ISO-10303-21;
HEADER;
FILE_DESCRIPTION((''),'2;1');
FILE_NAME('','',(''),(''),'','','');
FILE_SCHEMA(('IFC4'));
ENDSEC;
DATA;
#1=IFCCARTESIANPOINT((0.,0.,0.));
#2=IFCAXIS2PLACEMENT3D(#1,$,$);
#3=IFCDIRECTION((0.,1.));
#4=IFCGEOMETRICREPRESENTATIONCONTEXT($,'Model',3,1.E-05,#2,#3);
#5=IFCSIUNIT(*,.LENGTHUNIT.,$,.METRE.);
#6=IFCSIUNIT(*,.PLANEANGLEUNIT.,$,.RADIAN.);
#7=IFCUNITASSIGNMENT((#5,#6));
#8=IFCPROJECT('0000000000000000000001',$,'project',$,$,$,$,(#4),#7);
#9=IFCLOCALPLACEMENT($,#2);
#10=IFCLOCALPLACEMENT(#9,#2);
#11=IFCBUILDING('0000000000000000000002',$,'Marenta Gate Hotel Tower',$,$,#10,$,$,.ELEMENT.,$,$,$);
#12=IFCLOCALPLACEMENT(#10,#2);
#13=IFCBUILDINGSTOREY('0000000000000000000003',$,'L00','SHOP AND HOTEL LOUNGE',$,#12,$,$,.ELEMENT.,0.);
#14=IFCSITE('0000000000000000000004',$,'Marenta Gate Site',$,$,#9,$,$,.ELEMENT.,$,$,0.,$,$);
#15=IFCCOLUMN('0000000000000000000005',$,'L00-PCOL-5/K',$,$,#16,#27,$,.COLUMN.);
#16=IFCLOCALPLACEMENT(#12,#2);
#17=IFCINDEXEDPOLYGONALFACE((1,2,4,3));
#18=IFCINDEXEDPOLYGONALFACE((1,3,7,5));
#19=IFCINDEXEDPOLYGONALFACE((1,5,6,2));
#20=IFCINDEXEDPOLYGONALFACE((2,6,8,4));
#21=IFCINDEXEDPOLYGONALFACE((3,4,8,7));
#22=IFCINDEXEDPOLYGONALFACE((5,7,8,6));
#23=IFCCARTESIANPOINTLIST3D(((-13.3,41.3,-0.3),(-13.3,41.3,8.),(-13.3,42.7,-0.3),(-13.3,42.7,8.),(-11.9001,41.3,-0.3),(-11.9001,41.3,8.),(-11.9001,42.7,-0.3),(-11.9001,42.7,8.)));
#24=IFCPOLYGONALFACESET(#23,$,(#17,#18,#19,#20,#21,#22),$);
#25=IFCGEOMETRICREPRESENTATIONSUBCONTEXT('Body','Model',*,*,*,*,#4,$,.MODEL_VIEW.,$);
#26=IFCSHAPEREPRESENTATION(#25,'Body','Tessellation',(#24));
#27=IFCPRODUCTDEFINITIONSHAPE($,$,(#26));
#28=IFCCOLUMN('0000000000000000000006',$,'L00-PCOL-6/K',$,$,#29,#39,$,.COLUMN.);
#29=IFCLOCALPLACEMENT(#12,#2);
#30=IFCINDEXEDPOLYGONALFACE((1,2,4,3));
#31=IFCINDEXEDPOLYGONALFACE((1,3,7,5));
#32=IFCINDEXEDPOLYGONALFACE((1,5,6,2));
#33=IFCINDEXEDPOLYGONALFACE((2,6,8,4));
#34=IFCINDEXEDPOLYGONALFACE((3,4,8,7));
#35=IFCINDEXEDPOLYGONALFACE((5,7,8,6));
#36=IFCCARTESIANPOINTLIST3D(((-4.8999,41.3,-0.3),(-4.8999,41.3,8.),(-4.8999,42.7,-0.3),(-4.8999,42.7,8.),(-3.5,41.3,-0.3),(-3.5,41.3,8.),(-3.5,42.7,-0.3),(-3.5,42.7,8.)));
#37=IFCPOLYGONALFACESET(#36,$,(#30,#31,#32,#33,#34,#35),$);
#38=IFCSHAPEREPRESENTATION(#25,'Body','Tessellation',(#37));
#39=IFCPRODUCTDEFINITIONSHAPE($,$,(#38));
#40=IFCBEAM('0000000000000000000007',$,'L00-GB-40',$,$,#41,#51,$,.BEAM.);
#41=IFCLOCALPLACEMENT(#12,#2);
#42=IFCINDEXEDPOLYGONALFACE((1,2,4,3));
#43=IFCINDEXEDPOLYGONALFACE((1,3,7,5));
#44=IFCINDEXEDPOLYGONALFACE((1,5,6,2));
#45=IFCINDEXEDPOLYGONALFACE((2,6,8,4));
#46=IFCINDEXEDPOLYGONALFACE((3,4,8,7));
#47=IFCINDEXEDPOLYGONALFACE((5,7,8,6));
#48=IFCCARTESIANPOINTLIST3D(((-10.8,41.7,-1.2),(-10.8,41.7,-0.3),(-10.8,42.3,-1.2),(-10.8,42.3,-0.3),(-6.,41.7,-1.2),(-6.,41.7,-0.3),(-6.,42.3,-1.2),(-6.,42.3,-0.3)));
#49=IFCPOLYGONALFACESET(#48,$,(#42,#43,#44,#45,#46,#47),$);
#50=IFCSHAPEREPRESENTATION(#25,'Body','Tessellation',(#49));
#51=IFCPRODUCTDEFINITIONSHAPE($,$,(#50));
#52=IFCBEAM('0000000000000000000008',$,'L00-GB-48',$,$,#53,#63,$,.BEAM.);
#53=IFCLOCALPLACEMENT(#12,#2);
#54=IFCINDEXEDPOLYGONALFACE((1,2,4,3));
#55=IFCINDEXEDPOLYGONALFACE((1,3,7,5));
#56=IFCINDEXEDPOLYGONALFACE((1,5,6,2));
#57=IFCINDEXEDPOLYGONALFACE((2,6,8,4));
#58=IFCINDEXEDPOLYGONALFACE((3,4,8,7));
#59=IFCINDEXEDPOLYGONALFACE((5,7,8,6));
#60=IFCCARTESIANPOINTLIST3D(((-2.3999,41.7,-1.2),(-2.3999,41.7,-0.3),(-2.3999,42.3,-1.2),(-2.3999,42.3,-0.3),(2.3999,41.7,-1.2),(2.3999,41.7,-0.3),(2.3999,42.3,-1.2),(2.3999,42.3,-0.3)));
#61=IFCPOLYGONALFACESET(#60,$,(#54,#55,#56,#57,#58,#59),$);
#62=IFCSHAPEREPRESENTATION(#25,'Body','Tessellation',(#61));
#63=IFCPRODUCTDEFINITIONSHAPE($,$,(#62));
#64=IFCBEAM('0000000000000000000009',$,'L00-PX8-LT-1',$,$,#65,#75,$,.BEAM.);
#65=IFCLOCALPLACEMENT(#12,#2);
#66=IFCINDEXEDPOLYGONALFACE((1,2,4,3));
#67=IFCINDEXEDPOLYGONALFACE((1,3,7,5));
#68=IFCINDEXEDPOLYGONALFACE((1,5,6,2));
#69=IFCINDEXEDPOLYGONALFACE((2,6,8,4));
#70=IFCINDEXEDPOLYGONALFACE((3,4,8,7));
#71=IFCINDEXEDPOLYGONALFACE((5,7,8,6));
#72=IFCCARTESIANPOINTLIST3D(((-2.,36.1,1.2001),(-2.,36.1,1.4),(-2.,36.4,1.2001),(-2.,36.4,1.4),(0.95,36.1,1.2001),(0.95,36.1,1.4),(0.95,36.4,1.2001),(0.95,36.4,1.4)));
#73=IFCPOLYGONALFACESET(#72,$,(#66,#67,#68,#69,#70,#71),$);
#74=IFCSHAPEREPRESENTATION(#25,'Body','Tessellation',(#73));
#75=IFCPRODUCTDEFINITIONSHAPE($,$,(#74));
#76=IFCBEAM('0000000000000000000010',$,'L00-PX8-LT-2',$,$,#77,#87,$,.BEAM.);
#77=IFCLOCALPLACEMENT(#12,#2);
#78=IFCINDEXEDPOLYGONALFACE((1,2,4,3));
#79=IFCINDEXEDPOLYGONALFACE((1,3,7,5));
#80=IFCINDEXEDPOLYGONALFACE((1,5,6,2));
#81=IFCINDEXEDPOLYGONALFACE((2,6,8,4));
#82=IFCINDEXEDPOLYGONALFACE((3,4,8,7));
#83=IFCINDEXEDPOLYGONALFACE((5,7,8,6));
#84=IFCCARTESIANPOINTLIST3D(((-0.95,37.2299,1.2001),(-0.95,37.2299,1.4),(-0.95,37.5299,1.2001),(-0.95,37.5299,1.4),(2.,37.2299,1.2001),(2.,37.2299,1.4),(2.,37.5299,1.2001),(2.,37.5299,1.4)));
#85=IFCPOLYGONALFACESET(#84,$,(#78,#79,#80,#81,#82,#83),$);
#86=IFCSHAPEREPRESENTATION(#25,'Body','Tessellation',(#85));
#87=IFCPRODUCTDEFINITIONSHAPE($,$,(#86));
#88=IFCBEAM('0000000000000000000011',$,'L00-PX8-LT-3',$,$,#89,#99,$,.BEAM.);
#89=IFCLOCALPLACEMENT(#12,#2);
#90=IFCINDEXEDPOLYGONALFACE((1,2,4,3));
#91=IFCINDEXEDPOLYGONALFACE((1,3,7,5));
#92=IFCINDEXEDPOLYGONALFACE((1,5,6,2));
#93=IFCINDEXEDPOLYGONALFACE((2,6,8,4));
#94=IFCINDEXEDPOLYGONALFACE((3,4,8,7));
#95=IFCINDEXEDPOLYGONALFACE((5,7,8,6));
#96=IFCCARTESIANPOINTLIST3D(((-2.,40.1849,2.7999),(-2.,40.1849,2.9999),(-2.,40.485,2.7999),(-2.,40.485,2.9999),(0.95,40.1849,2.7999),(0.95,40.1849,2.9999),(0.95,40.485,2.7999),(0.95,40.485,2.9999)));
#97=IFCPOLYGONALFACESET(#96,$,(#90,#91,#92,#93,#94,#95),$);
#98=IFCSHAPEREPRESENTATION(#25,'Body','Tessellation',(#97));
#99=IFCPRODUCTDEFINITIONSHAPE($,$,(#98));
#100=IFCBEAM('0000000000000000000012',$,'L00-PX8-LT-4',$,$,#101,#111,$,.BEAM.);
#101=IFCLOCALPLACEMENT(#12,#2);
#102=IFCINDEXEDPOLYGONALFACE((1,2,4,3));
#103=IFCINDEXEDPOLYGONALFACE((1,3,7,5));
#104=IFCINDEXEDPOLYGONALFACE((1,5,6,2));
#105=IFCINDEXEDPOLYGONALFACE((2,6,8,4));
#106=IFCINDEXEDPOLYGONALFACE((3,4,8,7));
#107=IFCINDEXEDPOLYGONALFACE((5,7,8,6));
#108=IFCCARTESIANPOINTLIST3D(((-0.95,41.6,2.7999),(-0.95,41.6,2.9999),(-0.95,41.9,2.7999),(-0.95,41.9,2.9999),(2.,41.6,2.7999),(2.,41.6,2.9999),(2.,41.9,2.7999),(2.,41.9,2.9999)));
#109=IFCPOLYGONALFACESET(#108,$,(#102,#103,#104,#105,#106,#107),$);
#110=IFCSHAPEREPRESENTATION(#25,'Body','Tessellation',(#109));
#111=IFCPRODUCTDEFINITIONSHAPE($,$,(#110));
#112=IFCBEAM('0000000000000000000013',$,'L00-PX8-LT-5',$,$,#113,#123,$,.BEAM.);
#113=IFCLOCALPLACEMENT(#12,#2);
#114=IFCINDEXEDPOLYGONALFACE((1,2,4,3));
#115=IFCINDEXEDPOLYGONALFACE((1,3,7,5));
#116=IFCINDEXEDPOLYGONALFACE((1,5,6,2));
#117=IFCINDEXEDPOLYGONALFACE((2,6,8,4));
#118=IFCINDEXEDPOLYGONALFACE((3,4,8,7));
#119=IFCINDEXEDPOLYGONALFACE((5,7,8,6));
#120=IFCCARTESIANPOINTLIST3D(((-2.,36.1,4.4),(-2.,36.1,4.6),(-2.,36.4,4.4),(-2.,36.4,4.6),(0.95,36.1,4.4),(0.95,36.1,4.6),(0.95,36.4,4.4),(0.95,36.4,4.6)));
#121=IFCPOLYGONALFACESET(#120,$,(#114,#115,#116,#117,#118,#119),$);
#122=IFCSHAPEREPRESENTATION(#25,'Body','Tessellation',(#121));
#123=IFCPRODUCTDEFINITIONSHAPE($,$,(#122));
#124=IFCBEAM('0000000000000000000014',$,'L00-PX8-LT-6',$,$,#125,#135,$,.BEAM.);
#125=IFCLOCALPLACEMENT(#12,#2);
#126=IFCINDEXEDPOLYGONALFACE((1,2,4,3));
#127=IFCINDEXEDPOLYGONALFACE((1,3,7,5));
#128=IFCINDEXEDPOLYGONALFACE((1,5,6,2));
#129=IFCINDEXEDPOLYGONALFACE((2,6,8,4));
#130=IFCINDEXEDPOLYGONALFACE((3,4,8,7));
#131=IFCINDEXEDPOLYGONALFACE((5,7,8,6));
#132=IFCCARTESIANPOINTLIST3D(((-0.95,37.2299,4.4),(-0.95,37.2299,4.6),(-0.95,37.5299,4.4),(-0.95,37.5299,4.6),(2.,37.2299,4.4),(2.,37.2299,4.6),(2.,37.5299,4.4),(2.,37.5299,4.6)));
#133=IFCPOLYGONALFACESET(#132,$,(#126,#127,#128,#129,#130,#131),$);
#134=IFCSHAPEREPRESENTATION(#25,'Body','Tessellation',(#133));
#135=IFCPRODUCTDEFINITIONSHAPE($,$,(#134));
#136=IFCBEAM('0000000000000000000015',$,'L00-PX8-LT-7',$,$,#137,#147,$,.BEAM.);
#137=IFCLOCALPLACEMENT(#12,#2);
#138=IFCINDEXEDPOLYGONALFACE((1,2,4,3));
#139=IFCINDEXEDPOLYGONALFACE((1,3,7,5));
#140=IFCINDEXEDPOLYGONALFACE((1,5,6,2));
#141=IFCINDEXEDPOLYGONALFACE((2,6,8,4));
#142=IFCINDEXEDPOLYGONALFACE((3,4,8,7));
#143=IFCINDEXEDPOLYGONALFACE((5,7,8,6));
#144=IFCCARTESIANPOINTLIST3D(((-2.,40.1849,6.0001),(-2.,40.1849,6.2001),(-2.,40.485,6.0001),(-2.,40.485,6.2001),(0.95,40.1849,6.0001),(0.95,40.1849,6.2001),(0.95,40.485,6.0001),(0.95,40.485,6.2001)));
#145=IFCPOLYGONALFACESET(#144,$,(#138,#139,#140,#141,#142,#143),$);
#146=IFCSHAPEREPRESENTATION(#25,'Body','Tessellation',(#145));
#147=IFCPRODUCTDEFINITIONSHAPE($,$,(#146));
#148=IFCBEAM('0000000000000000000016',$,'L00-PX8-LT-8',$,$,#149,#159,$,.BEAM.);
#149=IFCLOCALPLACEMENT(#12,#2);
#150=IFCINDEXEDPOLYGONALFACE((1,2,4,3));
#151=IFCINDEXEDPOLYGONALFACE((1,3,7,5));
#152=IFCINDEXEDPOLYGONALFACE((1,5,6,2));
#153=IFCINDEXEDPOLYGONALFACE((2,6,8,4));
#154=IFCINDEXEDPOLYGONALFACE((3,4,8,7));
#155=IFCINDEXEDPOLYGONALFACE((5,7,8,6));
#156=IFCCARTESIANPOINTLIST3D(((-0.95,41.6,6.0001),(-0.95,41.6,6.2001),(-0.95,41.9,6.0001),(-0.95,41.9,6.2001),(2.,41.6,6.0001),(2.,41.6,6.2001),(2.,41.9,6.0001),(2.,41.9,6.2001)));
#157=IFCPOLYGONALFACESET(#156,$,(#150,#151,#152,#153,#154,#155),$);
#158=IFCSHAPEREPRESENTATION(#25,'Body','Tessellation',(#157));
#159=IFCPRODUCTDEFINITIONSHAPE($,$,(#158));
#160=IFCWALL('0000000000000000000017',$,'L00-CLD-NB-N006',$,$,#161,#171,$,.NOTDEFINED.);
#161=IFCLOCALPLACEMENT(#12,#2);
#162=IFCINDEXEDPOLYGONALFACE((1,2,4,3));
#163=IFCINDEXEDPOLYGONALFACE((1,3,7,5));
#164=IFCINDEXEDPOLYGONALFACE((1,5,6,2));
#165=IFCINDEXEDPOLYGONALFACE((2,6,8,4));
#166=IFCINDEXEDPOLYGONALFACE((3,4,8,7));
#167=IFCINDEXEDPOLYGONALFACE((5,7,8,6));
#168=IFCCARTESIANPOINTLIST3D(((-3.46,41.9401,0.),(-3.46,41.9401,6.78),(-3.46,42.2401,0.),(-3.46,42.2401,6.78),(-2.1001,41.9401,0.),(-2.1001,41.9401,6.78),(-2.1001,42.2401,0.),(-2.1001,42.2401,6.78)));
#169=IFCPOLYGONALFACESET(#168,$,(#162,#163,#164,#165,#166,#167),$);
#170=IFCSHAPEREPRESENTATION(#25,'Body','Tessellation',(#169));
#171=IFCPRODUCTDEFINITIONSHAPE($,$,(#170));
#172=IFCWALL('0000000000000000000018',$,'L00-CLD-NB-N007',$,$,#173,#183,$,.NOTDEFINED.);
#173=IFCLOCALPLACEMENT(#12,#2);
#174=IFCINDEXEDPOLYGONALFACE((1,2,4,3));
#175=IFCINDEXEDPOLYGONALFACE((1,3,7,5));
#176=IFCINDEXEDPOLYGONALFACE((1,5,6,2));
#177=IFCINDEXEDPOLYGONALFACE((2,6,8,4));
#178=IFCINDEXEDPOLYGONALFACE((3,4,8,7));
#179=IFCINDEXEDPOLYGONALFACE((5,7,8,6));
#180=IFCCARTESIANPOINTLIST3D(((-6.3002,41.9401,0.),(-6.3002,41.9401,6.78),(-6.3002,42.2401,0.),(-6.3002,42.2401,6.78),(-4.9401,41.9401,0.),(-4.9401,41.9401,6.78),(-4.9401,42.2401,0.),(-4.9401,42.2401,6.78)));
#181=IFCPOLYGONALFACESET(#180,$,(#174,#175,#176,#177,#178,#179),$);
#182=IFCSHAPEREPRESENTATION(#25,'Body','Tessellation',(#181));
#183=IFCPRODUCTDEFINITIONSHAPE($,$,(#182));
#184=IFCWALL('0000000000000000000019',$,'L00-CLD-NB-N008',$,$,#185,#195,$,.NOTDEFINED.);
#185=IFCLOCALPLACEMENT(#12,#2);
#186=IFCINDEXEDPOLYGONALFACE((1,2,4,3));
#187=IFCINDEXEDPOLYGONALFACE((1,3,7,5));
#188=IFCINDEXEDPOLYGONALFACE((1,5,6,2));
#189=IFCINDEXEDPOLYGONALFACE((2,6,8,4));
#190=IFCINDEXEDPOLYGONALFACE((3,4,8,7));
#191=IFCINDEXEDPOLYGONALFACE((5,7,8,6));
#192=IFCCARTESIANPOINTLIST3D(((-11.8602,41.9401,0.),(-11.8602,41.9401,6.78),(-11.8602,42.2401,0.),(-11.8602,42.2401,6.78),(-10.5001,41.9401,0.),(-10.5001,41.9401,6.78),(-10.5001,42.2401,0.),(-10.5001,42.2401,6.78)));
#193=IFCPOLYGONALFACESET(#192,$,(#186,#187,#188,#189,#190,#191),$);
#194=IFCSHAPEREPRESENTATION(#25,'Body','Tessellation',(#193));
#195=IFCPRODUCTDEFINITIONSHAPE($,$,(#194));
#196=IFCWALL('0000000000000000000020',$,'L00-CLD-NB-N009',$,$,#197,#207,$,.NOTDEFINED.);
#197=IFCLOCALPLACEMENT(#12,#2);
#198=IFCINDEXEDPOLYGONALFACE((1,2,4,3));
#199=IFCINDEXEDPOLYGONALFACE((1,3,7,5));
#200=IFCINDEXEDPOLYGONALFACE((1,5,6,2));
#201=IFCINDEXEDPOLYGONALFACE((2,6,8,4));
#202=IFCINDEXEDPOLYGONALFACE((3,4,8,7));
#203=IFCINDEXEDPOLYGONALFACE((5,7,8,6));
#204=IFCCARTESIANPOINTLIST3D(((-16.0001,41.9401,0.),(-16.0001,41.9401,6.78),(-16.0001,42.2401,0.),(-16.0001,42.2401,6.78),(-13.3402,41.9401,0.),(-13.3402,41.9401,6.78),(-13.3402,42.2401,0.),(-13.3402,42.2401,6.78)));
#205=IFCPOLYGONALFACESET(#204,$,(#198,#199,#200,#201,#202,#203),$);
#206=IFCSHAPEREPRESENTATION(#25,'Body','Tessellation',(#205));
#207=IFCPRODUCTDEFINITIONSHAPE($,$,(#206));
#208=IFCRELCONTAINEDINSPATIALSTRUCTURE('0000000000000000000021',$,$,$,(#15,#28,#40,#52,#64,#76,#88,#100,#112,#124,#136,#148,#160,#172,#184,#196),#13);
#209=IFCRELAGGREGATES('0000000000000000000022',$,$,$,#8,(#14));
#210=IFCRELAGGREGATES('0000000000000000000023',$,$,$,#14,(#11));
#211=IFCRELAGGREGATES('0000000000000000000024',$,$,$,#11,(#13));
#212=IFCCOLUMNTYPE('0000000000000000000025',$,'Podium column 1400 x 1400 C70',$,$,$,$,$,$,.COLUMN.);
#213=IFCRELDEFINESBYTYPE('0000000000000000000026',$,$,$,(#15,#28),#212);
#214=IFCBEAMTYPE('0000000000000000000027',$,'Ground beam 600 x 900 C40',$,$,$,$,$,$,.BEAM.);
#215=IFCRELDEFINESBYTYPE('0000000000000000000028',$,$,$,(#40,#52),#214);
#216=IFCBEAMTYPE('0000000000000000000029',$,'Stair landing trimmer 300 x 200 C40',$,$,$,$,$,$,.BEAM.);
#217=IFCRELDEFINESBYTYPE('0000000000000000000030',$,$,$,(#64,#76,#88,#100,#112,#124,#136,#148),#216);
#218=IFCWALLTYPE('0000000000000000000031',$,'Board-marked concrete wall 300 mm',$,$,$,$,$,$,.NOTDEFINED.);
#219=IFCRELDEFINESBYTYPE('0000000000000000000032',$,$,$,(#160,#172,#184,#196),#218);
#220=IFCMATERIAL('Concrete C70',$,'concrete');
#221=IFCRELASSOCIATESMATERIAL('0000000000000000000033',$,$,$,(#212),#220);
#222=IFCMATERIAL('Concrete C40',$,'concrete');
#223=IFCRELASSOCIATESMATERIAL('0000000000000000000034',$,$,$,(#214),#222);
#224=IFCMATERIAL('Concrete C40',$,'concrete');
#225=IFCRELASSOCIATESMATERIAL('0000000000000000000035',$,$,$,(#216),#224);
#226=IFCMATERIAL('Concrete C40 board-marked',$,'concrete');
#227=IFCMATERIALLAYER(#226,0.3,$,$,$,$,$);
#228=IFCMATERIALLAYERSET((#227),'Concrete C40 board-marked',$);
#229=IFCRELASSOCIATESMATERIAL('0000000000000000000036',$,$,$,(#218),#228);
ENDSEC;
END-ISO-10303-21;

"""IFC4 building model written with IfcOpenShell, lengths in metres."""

from ifc_helpers import new_model, si_unit, direction, frame, frame_2d, origin, origin_2d, place, context, subcontext, project, spatial, rectangle, extrude, material, layer, layer_set, material_profile, profile_set, type_object, element, save


model = new_model("IFC4")

# Units and contexts
model_context = context("Model", 3, precision=1e-05, world=origin(), true_north=direction((0.0, 1.0)))
body_context = subcontext(model_context, "Body", "Model", "MODEL_VIEW")
ifc_project = project(units=[si_unit("LENGTHUNIT", "METRE"), si_unit("PLANEANGLEUNIT", "RADIAN")], contexts=[model_context])

# Site, building, storey
site_placement = place(None, origin())
site = spatial("IfcSite", under=ifc_project, at=site_placement, Name="Marenta Gate Site", CompositionType="ELEMENT", RefElevation=0.0)
building_placement = place(site_placement, origin())
building = spatial("IfcBuilding", under=site, at=building_placement, Name="Marenta Gate Hotel Tower", CompositionType="ELEMENT")
storey_placement = place(building_placement, origin())
storey = spatial("IfcBuildingStorey", under=building, at=storey_placement, Name="L00", Description="SHOP AND HOTEL LOUNGE", CompositionType="ELEMENT", Elevation=0.0)

# Columns
ifc_material_1 = material(Name="Concrete C70", Category="concrete")
ifc_material_profile_1 = material_profile(ifc_material_1, rectangle(XDim=1.3999, YDim=1.3999, at=origin_2d()), Name="1400 x 1400")
ifc_profile_set_1 = profile_set([ifc_material_profile_1], Name="Concrete C70")
column_type = type_object("IfcColumnType", Name="Podium column 1400 x 1400 C70", PredefinedType="COLUMN", material=ifc_profile_set_1)
for number, where, z_axis, x_axis, name in (
    (1, (-12.6001, 42.0, -0.3), (0.0, 0.0, 1.0), (1.0, 0.0, 0.0), "L00-PCOL-5/K"),
    (2, (-4.2, 42.0, -0.3), (0.0, 0.0, 1.0), (1.0, 0.0, 0.0), "L00-PCOL-6/K"),
):
    element("IfcColumn", number, at=place(storey_placement, frame(where, z_axis=z_axis, x_axis=x_axis)), inside=storey, type_object=column_type, Name=name, PredefinedType="COLUMN", context=body_context, shape_type="SweptSolid", body=[
        extrude(rectangle(XDim=1.3999, YDim=1.3999, at=origin_2d()), origin(), (0.0, 0.0, 1.0), 8.3),
    ])

# Beams
ifc_material_2 = material(Name="Concrete C40", Category="concrete")
ifc_material_profile_2 = material_profile(ifc_material_2, rectangle(XDim=0.6001, YDim=0.8999, at=origin_2d()), Name="600 x 900")
ifc_profile_set_2 = profile_set([ifc_material_profile_2], Name="Concrete C40")
beam_type_1 = type_object("IfcBeamType", Name="Ground beam 600 x 900 C40", PredefinedType="BEAM", material=ifc_profile_set_2)
beam_1_placement = place(storey_placement, frame((-10.8, 42.0, -0.75), z_axis=(1.0, 0.0, 0.0), x_axis=(0.0, 1.0, 0.0)))
element("IfcBeam", 3, at=beam_1_placement, inside=storey, type_object=beam_type_1, Name="L00-GB-40", PredefinedType="BEAM", context=body_context, shape_type="SweptSolid", body=[
    extrude(rectangle(XDim=0.6001, YDim=0.8999, at=origin_2d()), origin(), (0.0, 0.0, 1.0), 4.8),
])
beam_2_placement = place(storey_placement, frame((-2.3999, 42.0, -0.75), z_axis=(1.0, 0.0, 0.0), x_axis=(0.0, 1.0, 0.0)))
element("IfcBeam", 4, at=beam_2_placement, inside=storey, type_object=beam_type_1, Name="L00-GB-48", PredefinedType="BEAM", context=body_context, shape_type="SweptSolid", body=[
    extrude(rectangle(XDim=0.6001, YDim=0.8999, at=origin_2d()), origin(), (0.0, 0.0, 1.0), 4.7998),
])
ifc_material_3 = material(Name="Concrete C40", Category="concrete")
ifc_material_profile_3 = material_profile(ifc_material_3, rectangle(XDim=0.3, YDim=0.2, at=origin_2d()), Name="300 x 200")
ifc_profile_set_3 = profile_set([ifc_material_profile_3], Name="Concrete C40")
beam_type_2 = type_object("IfcBeamType", Name="Stair landing trimmer 300 x 200 C40", PredefinedType="BEAM", material=ifc_profile_set_3)
for number, where, z_axis, x_axis, name in (
    (5, (-2.0, 36.25, 1.3), (1.0, 0.0, 0.0), (0.0, 1.0, 0.0), "L00-PX8-LT-1"),
    (6, (-0.95, 37.3799, 1.3), (1.0, 0.0, 0.0), (0.0, 1.0, 0.0), "L00-PX8-LT-2"),
    (7, (-2.0, 40.335, 2.8999), (1.0, 0.0, 0.0), (0.0, 1.0, 0.0), "L00-PX8-LT-3"),
    (8, (-0.95, 41.75, 2.8999), (1.0, 0.0, 0.0), (0.0, 1.0, 0.0), "L00-PX8-LT-4"),
    (9, (-2.0, 36.25, 4.5), (1.0, 0.0, 0.0), (0.0, 1.0, 0.0), "L00-PX8-LT-5"),
    (10, (-0.95, 37.3799, 4.5), (1.0, 0.0, 0.0), (0.0, 1.0, 0.0), "L00-PX8-LT-6"),
    (11, (-2.0, 40.335, 6.1001), (1.0, 0.0, 0.0), (0.0, 1.0, 0.0), "L00-PX8-LT-7"),
    (12, (-0.95, 41.75, 6.1001), (1.0, 0.0, 0.0), (0.0, 1.0, 0.0), "L00-PX8-LT-8"),
):
    element("IfcBeam", number, at=place(storey_placement, frame(where, z_axis=z_axis, x_axis=x_axis)), inside=storey, type_object=beam_type_2, Name=name, PredefinedType="BEAM", context=body_context, shape_type="SweptSolid", body=[
        extrude(rectangle(XDim=0.3, YDim=0.2, at=origin_2d()), origin(), (0.0, 0.0, 1.0), 2.95),
    ])

# Walls
ifc_material_4 = material(Name="Concrete C40 board-marked", Category="concrete")
ifc_layer_1 = layer(ifc_material_4, 0.3)
ifc_layer_set_1 = layer_set([ifc_layer_1], Name="Concrete C40 board-marked")
wall_type_1 = type_object("IfcWallType", Name="Board-marked concrete wall 300 mm", PredefinedType="NOTDEFINED", material=ifc_layer_set_1)
wall_1_placement = place(storey_placement, frame((-2.1001, 42.0901, 0.0), z_axis=(0.0, 0.0, 1.0), x_axis=(-1.0, 0.0, 0.0)))
element("IfcWall", 13, at=wall_1_placement, inside=storey, type_object=wall_type_1, Name="L00-CLD-NB-N006", PredefinedType="NOTDEFINED", context=body_context, shape_type="SweptSolid", body=[
    extrude(rectangle(XDim=1.3599, YDim=0.3, at=frame_2d((0.6799, 0.0))), origin(), (0.0, 0.0, 1.0), 6.78),
])
for number, where, z_axis, x_axis, name in (
    (14, (-4.9399, 42.0901, 0.0), (0.0, 0.0, 1.0), (-1.0, 0.0, 0.0), "L00-CLD-NB-N007"),
    (15, (-10.5, 42.0901, 0.0), (0.0, 0.0, 1.0), (-1.0, 0.0, 0.0), "L00-CLD-NB-N008"),
):
    element("IfcWall", number, at=place(storey_placement, frame(where, z_axis=z_axis, x_axis=x_axis)), inside=storey, type_object=wall_type_1, Name=name, PredefinedType="NOTDEFINED", context=body_context, shape_type="SweptSolid", body=[
        extrude(rectangle(XDim=1.3601, YDim=0.3, at=frame_2d((0.6802, 0.0))), origin(), (0.0, 0.0, 1.0), 6.78),
    ])
wall_2_placement = place(storey_placement, frame((-13.3401, 42.0901, 0.0), z_axis=(0.0, 0.0, 1.0), x_axis=(-1.0, 0.0, 0.0)))
element("IfcWall", 16, at=wall_2_placement, inside=storey, type_object=wall_type_1, Name="L00-CLD-NB-N009", PredefinedType="NOTDEFINED", context=body_context, shape_type="SweptSolid", body=[
    extrude(rectangle(XDim=2.6599, YDim=0.3, at=frame_2d((1.3301, 0.0))), origin(), (0.0, 0.0, 1.0), 6.78),
])

save(model, "model.ifc")
